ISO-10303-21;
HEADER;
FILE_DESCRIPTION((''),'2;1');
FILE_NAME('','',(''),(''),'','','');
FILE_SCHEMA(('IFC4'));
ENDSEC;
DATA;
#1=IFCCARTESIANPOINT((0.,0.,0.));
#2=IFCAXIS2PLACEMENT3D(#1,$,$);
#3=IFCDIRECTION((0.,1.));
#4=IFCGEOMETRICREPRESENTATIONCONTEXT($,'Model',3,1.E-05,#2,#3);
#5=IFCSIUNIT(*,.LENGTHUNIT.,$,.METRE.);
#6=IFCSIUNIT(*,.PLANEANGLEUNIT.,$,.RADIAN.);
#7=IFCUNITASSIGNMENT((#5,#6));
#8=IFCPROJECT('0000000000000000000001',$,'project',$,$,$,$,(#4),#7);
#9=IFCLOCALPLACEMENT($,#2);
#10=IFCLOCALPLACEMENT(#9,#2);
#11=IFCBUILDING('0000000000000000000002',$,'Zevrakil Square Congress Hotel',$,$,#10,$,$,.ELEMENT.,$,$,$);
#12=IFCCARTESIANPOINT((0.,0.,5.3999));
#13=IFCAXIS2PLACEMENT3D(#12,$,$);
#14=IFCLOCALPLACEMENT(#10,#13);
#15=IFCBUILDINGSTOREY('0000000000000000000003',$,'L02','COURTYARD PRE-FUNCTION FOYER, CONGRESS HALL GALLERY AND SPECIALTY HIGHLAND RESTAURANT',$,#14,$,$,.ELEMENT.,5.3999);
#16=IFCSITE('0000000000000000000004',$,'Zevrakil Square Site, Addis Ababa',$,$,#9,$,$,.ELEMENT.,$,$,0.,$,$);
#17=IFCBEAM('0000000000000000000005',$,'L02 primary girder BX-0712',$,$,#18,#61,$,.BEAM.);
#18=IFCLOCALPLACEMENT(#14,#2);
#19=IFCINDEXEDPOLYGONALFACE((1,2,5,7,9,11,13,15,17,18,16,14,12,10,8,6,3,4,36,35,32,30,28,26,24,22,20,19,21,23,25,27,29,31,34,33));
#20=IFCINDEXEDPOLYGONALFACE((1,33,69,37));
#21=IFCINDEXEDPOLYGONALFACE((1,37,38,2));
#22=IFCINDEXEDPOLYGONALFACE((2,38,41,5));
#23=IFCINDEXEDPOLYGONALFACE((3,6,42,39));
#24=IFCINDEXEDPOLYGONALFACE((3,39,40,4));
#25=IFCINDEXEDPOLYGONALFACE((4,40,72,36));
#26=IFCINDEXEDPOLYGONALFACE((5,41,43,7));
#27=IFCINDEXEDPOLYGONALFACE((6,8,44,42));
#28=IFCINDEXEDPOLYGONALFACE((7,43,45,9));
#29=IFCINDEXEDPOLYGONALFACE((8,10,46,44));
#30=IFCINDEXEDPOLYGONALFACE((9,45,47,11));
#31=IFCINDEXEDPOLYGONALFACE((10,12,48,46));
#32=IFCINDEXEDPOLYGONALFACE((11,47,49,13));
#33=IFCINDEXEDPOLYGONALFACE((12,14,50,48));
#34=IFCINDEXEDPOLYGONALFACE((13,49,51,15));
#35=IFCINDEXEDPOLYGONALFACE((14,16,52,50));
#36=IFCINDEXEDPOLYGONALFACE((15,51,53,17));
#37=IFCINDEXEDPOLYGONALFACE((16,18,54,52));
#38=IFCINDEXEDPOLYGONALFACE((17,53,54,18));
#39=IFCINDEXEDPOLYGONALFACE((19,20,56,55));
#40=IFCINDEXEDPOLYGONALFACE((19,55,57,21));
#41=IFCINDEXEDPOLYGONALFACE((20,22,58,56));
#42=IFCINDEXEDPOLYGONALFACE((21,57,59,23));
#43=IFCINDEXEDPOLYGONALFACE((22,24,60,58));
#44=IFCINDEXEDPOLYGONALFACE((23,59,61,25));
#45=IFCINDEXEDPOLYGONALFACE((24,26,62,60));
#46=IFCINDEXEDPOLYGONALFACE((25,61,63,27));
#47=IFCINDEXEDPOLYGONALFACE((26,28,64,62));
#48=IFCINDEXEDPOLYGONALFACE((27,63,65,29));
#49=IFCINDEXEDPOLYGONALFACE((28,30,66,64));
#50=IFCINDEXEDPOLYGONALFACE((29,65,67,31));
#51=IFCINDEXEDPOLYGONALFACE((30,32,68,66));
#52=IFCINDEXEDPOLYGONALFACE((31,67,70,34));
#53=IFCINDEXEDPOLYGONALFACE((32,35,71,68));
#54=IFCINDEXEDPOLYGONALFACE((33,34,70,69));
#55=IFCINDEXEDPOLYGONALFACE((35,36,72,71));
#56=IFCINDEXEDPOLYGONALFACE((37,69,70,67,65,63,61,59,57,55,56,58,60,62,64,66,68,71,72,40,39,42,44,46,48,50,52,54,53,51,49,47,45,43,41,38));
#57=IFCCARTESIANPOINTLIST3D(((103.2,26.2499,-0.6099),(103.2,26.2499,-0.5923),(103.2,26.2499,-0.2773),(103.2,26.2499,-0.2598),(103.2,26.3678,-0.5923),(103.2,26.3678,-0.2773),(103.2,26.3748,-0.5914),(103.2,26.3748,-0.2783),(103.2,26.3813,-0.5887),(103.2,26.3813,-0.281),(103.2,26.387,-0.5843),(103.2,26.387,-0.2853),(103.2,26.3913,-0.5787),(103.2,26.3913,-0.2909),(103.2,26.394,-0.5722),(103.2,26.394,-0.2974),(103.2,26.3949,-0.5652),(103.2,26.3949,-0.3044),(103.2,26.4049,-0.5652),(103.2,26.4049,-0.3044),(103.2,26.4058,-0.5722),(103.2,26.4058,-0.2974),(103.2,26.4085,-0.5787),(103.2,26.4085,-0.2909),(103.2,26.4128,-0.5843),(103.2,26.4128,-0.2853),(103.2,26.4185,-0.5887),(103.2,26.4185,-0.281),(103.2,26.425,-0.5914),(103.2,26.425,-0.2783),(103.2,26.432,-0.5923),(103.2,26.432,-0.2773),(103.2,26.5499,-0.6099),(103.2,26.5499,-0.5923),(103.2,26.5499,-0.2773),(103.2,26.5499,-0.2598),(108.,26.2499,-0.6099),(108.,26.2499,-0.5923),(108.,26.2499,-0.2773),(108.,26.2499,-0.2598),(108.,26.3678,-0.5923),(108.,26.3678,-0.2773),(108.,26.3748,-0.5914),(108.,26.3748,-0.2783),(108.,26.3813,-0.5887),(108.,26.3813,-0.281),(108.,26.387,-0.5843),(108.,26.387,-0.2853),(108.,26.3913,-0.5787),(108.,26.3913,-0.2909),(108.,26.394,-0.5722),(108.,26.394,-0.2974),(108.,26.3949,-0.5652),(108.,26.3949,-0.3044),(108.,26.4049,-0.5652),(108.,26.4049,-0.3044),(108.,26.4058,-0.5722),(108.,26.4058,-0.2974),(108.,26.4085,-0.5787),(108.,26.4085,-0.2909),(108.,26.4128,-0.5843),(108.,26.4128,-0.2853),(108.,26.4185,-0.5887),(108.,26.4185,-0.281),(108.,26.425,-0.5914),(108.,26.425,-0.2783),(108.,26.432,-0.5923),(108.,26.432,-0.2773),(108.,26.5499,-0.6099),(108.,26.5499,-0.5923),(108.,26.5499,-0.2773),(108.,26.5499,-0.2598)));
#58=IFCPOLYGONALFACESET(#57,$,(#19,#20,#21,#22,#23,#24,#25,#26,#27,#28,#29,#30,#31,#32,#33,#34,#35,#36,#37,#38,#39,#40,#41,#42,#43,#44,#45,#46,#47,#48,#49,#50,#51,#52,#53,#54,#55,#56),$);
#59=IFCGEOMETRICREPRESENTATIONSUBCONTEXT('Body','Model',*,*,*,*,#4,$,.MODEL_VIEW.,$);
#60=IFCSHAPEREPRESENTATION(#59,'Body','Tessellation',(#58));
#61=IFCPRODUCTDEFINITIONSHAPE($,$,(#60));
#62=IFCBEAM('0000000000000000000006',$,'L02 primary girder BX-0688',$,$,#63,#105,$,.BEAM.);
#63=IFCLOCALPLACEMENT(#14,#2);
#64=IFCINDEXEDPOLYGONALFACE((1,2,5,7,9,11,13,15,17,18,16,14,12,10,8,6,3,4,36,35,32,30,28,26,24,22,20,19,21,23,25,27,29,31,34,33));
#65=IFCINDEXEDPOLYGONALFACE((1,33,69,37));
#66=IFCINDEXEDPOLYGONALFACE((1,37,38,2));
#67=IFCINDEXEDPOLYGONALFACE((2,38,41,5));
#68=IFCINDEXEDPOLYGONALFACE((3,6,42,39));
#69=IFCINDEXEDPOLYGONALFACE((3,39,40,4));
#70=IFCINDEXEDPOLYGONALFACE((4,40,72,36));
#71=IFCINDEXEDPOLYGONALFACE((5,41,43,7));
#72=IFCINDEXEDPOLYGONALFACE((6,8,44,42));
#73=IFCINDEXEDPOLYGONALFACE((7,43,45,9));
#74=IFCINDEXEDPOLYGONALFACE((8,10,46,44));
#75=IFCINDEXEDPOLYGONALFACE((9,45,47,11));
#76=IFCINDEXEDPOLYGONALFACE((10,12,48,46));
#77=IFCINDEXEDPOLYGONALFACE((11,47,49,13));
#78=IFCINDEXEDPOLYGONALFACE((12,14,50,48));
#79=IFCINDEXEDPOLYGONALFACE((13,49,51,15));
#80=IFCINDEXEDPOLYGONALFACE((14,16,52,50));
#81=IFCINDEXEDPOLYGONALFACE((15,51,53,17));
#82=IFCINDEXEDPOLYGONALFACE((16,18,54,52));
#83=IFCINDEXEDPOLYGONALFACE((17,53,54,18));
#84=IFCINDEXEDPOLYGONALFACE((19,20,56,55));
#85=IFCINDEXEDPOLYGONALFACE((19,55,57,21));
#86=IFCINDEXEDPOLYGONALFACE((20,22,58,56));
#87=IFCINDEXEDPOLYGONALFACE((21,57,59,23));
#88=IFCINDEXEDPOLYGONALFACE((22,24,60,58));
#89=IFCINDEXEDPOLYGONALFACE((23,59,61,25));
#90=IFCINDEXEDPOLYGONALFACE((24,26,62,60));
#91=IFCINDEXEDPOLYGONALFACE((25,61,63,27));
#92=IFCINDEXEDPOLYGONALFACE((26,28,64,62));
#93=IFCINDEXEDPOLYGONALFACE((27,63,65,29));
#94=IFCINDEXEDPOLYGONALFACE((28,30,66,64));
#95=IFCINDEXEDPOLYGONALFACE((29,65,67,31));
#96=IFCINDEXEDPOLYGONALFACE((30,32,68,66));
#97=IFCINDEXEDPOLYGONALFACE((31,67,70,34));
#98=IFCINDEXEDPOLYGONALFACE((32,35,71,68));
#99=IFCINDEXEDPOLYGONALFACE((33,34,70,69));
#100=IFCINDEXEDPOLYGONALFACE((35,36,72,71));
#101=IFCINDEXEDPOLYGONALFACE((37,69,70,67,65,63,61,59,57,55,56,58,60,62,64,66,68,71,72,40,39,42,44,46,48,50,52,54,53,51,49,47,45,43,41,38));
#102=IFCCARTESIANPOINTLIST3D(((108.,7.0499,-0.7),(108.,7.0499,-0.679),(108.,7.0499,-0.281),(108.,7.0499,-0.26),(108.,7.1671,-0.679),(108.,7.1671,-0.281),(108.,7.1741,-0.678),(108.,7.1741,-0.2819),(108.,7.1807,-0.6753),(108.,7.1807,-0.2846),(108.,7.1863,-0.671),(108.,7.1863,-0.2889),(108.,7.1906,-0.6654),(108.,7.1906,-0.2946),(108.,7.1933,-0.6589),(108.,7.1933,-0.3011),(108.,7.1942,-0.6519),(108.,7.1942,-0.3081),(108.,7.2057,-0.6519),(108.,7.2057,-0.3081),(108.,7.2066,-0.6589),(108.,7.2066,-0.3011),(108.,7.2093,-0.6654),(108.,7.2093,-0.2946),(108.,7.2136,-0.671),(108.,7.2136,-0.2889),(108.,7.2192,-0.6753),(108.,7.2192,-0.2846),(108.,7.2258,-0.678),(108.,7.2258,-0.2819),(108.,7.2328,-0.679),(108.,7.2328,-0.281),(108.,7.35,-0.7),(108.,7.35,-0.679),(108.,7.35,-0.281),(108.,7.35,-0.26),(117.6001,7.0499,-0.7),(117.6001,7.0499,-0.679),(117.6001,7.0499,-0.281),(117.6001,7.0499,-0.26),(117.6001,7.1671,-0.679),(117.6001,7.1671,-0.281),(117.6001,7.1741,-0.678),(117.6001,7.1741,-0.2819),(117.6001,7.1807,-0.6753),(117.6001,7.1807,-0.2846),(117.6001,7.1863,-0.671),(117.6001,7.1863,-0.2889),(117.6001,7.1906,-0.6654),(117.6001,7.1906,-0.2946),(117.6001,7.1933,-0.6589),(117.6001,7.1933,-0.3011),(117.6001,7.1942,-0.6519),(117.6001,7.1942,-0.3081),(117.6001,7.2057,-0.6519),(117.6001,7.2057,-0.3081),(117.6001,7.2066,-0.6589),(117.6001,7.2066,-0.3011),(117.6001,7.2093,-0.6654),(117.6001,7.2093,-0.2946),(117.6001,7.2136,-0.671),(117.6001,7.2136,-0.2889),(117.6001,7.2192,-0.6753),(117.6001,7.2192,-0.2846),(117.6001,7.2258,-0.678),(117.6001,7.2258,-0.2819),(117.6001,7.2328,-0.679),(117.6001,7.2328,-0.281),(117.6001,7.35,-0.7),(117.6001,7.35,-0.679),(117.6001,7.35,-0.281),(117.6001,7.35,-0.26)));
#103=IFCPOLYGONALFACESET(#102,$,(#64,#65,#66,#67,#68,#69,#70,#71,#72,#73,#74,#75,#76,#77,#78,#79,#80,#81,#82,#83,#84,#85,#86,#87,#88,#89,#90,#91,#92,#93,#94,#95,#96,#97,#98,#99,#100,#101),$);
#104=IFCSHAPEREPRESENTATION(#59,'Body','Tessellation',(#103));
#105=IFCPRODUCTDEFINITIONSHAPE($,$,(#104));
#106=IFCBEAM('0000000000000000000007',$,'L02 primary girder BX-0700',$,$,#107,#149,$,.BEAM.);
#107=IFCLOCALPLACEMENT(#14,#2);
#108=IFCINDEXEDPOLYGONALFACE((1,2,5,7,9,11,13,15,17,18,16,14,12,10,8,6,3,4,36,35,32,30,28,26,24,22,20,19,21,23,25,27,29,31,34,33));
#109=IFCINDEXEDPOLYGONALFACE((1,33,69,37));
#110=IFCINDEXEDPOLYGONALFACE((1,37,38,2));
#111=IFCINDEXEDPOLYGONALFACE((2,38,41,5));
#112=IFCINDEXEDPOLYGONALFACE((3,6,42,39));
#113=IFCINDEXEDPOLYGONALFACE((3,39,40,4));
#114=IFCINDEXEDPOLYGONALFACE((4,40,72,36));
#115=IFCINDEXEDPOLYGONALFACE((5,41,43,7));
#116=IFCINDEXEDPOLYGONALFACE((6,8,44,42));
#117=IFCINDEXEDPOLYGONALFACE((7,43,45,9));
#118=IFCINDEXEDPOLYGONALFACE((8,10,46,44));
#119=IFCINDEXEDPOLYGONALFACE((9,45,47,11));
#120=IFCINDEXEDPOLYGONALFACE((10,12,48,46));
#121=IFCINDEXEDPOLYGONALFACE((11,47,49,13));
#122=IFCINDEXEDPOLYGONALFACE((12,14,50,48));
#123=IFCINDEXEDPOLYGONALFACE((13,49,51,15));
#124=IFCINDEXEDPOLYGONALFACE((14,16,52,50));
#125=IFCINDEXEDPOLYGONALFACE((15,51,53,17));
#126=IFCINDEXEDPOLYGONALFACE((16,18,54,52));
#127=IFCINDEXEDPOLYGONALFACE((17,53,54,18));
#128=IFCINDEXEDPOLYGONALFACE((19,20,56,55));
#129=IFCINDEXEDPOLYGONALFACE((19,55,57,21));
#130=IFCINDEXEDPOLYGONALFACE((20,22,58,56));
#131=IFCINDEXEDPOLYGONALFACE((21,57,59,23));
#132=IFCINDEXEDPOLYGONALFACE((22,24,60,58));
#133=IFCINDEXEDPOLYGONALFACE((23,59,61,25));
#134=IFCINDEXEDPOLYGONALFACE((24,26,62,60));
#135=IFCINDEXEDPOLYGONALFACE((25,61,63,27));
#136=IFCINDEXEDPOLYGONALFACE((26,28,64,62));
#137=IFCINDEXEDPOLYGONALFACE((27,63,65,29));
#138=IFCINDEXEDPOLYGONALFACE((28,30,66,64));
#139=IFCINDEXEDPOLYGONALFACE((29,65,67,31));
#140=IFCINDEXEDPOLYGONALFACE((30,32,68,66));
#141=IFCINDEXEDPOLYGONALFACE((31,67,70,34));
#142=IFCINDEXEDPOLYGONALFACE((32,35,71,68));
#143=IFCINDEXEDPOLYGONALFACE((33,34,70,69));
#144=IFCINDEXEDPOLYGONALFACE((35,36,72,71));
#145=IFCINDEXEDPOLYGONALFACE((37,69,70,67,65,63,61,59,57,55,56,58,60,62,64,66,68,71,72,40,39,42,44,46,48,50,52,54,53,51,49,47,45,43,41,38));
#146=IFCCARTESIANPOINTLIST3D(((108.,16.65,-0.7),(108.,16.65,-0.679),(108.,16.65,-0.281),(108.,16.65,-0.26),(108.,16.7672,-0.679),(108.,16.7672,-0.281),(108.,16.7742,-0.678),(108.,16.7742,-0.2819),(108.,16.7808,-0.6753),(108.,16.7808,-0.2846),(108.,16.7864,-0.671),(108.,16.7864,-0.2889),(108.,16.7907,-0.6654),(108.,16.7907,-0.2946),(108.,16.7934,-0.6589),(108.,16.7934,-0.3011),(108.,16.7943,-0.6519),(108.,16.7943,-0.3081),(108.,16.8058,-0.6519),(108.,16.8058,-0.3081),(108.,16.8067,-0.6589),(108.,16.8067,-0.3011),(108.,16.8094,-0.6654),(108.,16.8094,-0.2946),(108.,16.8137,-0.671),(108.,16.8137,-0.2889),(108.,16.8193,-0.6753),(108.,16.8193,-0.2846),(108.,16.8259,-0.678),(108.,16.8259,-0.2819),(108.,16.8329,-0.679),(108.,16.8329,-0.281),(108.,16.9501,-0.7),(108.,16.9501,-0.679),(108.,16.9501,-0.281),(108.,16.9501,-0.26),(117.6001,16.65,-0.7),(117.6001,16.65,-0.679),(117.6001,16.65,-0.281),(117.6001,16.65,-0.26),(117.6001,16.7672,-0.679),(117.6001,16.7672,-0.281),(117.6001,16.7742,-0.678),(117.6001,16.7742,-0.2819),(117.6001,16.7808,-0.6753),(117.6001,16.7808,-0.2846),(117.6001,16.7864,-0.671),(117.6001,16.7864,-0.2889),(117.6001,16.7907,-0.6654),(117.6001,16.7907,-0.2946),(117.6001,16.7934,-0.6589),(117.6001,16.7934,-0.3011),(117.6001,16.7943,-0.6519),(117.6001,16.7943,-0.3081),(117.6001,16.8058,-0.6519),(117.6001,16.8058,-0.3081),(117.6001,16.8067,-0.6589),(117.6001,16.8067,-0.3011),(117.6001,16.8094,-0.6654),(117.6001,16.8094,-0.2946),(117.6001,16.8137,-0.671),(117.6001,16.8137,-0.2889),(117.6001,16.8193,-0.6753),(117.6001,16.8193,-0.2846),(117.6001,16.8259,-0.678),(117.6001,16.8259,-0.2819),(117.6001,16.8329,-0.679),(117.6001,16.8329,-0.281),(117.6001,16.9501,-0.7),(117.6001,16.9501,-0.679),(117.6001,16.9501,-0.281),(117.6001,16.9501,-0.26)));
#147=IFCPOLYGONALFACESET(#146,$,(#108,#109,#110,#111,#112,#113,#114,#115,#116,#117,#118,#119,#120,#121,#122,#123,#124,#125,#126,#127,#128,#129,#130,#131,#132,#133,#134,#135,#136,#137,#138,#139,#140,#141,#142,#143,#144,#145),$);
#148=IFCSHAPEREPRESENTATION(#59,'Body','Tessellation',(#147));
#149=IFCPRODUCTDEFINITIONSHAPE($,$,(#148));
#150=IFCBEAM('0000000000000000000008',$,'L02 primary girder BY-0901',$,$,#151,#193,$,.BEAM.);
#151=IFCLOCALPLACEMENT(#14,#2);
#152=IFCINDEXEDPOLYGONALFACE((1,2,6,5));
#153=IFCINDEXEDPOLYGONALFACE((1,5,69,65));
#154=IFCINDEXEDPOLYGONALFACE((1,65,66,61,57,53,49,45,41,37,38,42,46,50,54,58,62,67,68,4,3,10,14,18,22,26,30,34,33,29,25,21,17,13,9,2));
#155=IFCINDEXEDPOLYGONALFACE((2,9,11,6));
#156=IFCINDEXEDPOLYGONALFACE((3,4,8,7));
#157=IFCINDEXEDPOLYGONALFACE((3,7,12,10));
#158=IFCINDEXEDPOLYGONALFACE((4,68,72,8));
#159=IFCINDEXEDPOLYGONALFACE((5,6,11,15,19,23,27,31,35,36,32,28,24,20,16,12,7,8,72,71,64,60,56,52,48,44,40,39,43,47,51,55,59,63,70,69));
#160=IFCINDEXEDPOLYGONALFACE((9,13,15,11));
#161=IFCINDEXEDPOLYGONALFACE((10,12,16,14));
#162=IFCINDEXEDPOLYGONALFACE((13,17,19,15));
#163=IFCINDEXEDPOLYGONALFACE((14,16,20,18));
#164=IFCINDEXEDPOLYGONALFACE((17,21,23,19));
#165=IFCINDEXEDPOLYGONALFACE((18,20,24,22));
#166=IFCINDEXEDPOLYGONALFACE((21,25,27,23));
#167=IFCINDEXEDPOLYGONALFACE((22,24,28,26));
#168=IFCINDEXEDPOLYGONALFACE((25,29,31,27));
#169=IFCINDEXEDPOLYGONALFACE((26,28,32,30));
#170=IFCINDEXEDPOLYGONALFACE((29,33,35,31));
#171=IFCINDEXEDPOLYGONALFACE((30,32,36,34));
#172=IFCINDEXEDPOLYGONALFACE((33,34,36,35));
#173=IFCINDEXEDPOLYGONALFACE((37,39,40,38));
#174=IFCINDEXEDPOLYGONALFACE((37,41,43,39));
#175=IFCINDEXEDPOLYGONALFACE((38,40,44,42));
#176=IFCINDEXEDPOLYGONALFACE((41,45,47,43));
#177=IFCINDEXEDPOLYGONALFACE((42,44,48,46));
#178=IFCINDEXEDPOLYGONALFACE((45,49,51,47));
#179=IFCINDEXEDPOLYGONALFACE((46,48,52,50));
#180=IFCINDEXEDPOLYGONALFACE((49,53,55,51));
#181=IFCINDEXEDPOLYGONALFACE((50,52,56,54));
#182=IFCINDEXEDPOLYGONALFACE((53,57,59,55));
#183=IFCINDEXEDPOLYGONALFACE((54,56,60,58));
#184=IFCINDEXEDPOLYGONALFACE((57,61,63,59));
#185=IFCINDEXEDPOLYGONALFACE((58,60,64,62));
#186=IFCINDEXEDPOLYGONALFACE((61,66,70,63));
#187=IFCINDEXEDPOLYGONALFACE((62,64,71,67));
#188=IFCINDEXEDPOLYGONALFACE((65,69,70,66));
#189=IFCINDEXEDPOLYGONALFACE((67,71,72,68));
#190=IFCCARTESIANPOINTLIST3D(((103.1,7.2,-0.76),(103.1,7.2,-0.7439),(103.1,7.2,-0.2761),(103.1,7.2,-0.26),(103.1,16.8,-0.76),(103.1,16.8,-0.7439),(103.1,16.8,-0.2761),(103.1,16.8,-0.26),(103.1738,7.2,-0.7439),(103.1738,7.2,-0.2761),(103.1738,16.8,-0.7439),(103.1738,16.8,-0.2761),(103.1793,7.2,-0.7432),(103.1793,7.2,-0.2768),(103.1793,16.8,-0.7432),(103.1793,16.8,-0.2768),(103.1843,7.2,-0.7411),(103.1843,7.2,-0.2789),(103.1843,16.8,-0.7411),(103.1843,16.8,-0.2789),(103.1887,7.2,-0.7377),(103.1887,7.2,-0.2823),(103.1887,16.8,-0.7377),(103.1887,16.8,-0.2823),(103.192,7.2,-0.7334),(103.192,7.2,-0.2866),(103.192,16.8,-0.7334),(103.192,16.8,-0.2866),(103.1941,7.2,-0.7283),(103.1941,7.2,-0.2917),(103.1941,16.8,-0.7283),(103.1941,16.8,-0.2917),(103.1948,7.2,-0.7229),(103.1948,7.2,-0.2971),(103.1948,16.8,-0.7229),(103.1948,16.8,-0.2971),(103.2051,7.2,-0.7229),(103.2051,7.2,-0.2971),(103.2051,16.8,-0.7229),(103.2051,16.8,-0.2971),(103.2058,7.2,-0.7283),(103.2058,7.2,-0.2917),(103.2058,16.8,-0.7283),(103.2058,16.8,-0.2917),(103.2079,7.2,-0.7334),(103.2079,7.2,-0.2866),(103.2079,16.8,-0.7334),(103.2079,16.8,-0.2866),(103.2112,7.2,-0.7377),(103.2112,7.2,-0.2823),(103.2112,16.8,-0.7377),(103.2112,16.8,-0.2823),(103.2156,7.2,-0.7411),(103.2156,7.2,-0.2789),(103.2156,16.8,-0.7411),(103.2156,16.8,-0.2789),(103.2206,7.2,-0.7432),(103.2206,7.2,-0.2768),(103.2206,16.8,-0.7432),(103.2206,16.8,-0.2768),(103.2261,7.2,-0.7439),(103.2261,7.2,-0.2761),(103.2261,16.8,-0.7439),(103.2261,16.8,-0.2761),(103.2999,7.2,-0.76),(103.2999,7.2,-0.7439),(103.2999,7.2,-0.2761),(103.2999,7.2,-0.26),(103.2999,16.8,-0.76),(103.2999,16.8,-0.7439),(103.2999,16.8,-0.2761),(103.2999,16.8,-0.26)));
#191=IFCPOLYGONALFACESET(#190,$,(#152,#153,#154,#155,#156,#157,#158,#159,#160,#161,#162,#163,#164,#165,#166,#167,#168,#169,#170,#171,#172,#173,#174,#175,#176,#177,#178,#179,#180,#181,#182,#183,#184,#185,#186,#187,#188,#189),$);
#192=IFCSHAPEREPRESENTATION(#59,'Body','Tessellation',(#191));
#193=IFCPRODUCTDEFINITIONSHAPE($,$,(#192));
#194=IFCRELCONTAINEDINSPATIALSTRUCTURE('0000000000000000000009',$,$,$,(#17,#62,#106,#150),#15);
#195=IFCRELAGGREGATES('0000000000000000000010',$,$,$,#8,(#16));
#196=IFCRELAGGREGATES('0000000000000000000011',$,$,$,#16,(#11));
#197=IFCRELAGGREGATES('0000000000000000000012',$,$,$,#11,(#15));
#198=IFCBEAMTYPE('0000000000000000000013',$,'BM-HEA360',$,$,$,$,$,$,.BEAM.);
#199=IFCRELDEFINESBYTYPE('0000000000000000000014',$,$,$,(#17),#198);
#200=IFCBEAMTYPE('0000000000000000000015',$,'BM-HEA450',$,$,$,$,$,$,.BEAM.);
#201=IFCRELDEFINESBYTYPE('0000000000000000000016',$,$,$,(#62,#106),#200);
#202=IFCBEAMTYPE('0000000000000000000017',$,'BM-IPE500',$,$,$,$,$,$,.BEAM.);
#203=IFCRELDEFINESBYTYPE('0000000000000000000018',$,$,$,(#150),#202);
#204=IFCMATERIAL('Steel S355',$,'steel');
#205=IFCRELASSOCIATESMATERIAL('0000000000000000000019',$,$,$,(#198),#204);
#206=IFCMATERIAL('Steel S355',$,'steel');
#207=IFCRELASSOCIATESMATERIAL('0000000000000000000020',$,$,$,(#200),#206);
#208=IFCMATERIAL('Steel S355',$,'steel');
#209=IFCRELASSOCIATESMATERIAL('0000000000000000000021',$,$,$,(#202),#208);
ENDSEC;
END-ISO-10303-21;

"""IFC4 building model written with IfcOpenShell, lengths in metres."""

from ifc_helpers import new_model, si_unit, direction, frame, origin, origin_2d, place, context, subcontext, project, spatial, i_section, extrude, material, material_profile, profile_set, type_object, element, save


model = new_model("IFC4")

# Units and contexts
model_context = context("Model", 3, precision=1e-05, world=origin(), true_north=direction((0.0, 1.0)))
body_context = subcontext(model_context, "Body", "Model", "MODEL_VIEW")
ifc_project = project(units=[si_unit("LENGTHUNIT", "METRE"), si_unit("PLANEANGLEUNIT", "RADIAN")], contexts=[model_context])

# Site, building, storey
site_placement = place(None, origin())
site = spatial("IfcSite", under=ifc_project, at=site_placement, Name="Zevrakil Square Site, Addis Ababa", CompositionType="ELEMENT", RefElevation=0.0)
building_placement = place(site_placement, origin())
building = spatial("IfcBuilding", under=site, at=building_placement, Name="Zevrakil Square Congress Hotel", CompositionType="ELEMENT")
storey_placement = place(building_placement, frame((0.0, 0.0, 5.3999)))
storey = spatial("IfcBuildingStorey", under=building, at=storey_placement, Name="L02", Description="COURTYARD PRE-FUNCTION FOYER, CONGRESS HALL GALLERY AND SPECIALTY HIGHLAND RESTAURANT", CompositionType="ELEMENT", Elevation=5.3999)

# Beams
ifc_material_1 = material(Name="Steel S355", Category="steel")
ifc_material_profile_1 = material_profile(ifc_material_1, i_section(OverallWidth=0.3, OverallDepth=0.3501, WebThickness=0.01, FlangeThickness=0.0176, FilletRadius=0.0271, at=origin_2d()), Name="HEA 360")
ifc_profile_set_1 = profile_set([ifc_material_profile_1], Name="Steel S355")
beam_type_1 = type_object("IfcBeamType", Name="BM-HEA360", PredefinedType="BEAM", material=ifc_profile_set_1)
for number, where, z_axis, x_axis, name in (
    (1, (103.2, 26.3999, -0.4348), (1.0, 0.0, 0.0), (0.0, 1.0, 0.0), "L02 primary girder BX-0712"),
):
    element("IfcBeam", number, at=place(storey_placement, frame(where, z_axis=z_axis, x_axis=x_axis)), inside=storey, type_object=beam_type_1, Name=name, PredefinedType="BEAM", context=body_context, shape_type="SweptSolid", body=[
        extrude(i_section(OverallWidth=0.3, OverallDepth=0.3501, WebThickness=0.01, FlangeThickness=0.0176, FilletRadius=0.0271, at=origin_2d()), origin(), (0.0, 0.0, 1.0), 4.8),
    ])
ifc_material_2 = material(Name="Steel S355", Category="steel")
ifc_material_profile_2 = material_profile(ifc_material_2, i_section(OverallWidth=0.3, OverallDepth=0.4399, WebThickness=0.0115, FlangeThickness=0.021, FilletRadius=0.0271, at=origin_2d()), Name="HEA 450")
ifc_profile_set_2 = profile_set([ifc_material_profile_2], Name="Steel S355")
beam_type_2 = type_object("IfcBeamType", Name="BM-HEA450", PredefinedType="BEAM", material=ifc_profile_set_2)
for number, where, z_axis, x_axis, name in (
    (2, (108.0, 7.2, -0.48), (1.0, 0.0, 0.0), (0.0, 1.0, 0.0), "L02 primary girder BX-0688"),
    (3, (108.0, 16.8, -0.48), (1.0, 0.0, 0.0), (0.0, 1.0, 0.0), "L02 primary girder BX-0700"),
):
    element("IfcBeam", number, at=place(storey_placement, frame(where, z_axis=z_axis, x_axis=x_axis)), inside=storey, type_object=beam_type_2, Name=name, PredefinedType="BEAM", context=body_context, shape_type="SweptSolid", body=[
        extrude(i_section(OverallWidth=0.3, OverallDepth=0.4399, WebThickness=0.0115, FlangeThickness=0.021, FilletRadius=0.0271, at=origin_2d()), origin(), (0.0, 0.0, 1.0), 9.6001),
    ])
ifc_material_3 = material(Name="Steel S355", Category="steel")
ifc_material_profile_3 = material_profile(ifc_material_3, i_section(OverallWidth=0.2, OverallDepth=0.5, WebThickness=0.0103, FlangeThickness=0.0161, FilletRadius=0.021, at=origin_2d()), Name="IPE 500")
ifc_profile_set_3 = profile_set([ifc_material_profile_3], Name="Steel S355")
beam_type_3 = type_object("IfcBeamType", Name="BM-IPE500", PredefinedType="BEAM", material=ifc_profile_set_3)
beam_1_placement = place(storey_placement, frame((103.2, 7.2, -0.51), z_axis=(0.0, 1.0, 0.0), x_axis=(-1.0, 0.0, 0.0)))
element("IfcBeam", 4, at=beam_1_placement, inside=storey, type_object=beam_type_3, Name="L02 primary girder BY-0901", PredefinedType="BEAM", context=body_context, shape_type="SweptSolid", body=[
    extrude(i_section(OverallWidth=0.2, OverallDepth=0.5, WebThickness=0.0103, FlangeThickness=0.0161, FilletRadius=0.021, at=origin_2d()), origin(), (0.0, 0.0, 1.0), 9.6001),
])

save(model, "model.ifc")
